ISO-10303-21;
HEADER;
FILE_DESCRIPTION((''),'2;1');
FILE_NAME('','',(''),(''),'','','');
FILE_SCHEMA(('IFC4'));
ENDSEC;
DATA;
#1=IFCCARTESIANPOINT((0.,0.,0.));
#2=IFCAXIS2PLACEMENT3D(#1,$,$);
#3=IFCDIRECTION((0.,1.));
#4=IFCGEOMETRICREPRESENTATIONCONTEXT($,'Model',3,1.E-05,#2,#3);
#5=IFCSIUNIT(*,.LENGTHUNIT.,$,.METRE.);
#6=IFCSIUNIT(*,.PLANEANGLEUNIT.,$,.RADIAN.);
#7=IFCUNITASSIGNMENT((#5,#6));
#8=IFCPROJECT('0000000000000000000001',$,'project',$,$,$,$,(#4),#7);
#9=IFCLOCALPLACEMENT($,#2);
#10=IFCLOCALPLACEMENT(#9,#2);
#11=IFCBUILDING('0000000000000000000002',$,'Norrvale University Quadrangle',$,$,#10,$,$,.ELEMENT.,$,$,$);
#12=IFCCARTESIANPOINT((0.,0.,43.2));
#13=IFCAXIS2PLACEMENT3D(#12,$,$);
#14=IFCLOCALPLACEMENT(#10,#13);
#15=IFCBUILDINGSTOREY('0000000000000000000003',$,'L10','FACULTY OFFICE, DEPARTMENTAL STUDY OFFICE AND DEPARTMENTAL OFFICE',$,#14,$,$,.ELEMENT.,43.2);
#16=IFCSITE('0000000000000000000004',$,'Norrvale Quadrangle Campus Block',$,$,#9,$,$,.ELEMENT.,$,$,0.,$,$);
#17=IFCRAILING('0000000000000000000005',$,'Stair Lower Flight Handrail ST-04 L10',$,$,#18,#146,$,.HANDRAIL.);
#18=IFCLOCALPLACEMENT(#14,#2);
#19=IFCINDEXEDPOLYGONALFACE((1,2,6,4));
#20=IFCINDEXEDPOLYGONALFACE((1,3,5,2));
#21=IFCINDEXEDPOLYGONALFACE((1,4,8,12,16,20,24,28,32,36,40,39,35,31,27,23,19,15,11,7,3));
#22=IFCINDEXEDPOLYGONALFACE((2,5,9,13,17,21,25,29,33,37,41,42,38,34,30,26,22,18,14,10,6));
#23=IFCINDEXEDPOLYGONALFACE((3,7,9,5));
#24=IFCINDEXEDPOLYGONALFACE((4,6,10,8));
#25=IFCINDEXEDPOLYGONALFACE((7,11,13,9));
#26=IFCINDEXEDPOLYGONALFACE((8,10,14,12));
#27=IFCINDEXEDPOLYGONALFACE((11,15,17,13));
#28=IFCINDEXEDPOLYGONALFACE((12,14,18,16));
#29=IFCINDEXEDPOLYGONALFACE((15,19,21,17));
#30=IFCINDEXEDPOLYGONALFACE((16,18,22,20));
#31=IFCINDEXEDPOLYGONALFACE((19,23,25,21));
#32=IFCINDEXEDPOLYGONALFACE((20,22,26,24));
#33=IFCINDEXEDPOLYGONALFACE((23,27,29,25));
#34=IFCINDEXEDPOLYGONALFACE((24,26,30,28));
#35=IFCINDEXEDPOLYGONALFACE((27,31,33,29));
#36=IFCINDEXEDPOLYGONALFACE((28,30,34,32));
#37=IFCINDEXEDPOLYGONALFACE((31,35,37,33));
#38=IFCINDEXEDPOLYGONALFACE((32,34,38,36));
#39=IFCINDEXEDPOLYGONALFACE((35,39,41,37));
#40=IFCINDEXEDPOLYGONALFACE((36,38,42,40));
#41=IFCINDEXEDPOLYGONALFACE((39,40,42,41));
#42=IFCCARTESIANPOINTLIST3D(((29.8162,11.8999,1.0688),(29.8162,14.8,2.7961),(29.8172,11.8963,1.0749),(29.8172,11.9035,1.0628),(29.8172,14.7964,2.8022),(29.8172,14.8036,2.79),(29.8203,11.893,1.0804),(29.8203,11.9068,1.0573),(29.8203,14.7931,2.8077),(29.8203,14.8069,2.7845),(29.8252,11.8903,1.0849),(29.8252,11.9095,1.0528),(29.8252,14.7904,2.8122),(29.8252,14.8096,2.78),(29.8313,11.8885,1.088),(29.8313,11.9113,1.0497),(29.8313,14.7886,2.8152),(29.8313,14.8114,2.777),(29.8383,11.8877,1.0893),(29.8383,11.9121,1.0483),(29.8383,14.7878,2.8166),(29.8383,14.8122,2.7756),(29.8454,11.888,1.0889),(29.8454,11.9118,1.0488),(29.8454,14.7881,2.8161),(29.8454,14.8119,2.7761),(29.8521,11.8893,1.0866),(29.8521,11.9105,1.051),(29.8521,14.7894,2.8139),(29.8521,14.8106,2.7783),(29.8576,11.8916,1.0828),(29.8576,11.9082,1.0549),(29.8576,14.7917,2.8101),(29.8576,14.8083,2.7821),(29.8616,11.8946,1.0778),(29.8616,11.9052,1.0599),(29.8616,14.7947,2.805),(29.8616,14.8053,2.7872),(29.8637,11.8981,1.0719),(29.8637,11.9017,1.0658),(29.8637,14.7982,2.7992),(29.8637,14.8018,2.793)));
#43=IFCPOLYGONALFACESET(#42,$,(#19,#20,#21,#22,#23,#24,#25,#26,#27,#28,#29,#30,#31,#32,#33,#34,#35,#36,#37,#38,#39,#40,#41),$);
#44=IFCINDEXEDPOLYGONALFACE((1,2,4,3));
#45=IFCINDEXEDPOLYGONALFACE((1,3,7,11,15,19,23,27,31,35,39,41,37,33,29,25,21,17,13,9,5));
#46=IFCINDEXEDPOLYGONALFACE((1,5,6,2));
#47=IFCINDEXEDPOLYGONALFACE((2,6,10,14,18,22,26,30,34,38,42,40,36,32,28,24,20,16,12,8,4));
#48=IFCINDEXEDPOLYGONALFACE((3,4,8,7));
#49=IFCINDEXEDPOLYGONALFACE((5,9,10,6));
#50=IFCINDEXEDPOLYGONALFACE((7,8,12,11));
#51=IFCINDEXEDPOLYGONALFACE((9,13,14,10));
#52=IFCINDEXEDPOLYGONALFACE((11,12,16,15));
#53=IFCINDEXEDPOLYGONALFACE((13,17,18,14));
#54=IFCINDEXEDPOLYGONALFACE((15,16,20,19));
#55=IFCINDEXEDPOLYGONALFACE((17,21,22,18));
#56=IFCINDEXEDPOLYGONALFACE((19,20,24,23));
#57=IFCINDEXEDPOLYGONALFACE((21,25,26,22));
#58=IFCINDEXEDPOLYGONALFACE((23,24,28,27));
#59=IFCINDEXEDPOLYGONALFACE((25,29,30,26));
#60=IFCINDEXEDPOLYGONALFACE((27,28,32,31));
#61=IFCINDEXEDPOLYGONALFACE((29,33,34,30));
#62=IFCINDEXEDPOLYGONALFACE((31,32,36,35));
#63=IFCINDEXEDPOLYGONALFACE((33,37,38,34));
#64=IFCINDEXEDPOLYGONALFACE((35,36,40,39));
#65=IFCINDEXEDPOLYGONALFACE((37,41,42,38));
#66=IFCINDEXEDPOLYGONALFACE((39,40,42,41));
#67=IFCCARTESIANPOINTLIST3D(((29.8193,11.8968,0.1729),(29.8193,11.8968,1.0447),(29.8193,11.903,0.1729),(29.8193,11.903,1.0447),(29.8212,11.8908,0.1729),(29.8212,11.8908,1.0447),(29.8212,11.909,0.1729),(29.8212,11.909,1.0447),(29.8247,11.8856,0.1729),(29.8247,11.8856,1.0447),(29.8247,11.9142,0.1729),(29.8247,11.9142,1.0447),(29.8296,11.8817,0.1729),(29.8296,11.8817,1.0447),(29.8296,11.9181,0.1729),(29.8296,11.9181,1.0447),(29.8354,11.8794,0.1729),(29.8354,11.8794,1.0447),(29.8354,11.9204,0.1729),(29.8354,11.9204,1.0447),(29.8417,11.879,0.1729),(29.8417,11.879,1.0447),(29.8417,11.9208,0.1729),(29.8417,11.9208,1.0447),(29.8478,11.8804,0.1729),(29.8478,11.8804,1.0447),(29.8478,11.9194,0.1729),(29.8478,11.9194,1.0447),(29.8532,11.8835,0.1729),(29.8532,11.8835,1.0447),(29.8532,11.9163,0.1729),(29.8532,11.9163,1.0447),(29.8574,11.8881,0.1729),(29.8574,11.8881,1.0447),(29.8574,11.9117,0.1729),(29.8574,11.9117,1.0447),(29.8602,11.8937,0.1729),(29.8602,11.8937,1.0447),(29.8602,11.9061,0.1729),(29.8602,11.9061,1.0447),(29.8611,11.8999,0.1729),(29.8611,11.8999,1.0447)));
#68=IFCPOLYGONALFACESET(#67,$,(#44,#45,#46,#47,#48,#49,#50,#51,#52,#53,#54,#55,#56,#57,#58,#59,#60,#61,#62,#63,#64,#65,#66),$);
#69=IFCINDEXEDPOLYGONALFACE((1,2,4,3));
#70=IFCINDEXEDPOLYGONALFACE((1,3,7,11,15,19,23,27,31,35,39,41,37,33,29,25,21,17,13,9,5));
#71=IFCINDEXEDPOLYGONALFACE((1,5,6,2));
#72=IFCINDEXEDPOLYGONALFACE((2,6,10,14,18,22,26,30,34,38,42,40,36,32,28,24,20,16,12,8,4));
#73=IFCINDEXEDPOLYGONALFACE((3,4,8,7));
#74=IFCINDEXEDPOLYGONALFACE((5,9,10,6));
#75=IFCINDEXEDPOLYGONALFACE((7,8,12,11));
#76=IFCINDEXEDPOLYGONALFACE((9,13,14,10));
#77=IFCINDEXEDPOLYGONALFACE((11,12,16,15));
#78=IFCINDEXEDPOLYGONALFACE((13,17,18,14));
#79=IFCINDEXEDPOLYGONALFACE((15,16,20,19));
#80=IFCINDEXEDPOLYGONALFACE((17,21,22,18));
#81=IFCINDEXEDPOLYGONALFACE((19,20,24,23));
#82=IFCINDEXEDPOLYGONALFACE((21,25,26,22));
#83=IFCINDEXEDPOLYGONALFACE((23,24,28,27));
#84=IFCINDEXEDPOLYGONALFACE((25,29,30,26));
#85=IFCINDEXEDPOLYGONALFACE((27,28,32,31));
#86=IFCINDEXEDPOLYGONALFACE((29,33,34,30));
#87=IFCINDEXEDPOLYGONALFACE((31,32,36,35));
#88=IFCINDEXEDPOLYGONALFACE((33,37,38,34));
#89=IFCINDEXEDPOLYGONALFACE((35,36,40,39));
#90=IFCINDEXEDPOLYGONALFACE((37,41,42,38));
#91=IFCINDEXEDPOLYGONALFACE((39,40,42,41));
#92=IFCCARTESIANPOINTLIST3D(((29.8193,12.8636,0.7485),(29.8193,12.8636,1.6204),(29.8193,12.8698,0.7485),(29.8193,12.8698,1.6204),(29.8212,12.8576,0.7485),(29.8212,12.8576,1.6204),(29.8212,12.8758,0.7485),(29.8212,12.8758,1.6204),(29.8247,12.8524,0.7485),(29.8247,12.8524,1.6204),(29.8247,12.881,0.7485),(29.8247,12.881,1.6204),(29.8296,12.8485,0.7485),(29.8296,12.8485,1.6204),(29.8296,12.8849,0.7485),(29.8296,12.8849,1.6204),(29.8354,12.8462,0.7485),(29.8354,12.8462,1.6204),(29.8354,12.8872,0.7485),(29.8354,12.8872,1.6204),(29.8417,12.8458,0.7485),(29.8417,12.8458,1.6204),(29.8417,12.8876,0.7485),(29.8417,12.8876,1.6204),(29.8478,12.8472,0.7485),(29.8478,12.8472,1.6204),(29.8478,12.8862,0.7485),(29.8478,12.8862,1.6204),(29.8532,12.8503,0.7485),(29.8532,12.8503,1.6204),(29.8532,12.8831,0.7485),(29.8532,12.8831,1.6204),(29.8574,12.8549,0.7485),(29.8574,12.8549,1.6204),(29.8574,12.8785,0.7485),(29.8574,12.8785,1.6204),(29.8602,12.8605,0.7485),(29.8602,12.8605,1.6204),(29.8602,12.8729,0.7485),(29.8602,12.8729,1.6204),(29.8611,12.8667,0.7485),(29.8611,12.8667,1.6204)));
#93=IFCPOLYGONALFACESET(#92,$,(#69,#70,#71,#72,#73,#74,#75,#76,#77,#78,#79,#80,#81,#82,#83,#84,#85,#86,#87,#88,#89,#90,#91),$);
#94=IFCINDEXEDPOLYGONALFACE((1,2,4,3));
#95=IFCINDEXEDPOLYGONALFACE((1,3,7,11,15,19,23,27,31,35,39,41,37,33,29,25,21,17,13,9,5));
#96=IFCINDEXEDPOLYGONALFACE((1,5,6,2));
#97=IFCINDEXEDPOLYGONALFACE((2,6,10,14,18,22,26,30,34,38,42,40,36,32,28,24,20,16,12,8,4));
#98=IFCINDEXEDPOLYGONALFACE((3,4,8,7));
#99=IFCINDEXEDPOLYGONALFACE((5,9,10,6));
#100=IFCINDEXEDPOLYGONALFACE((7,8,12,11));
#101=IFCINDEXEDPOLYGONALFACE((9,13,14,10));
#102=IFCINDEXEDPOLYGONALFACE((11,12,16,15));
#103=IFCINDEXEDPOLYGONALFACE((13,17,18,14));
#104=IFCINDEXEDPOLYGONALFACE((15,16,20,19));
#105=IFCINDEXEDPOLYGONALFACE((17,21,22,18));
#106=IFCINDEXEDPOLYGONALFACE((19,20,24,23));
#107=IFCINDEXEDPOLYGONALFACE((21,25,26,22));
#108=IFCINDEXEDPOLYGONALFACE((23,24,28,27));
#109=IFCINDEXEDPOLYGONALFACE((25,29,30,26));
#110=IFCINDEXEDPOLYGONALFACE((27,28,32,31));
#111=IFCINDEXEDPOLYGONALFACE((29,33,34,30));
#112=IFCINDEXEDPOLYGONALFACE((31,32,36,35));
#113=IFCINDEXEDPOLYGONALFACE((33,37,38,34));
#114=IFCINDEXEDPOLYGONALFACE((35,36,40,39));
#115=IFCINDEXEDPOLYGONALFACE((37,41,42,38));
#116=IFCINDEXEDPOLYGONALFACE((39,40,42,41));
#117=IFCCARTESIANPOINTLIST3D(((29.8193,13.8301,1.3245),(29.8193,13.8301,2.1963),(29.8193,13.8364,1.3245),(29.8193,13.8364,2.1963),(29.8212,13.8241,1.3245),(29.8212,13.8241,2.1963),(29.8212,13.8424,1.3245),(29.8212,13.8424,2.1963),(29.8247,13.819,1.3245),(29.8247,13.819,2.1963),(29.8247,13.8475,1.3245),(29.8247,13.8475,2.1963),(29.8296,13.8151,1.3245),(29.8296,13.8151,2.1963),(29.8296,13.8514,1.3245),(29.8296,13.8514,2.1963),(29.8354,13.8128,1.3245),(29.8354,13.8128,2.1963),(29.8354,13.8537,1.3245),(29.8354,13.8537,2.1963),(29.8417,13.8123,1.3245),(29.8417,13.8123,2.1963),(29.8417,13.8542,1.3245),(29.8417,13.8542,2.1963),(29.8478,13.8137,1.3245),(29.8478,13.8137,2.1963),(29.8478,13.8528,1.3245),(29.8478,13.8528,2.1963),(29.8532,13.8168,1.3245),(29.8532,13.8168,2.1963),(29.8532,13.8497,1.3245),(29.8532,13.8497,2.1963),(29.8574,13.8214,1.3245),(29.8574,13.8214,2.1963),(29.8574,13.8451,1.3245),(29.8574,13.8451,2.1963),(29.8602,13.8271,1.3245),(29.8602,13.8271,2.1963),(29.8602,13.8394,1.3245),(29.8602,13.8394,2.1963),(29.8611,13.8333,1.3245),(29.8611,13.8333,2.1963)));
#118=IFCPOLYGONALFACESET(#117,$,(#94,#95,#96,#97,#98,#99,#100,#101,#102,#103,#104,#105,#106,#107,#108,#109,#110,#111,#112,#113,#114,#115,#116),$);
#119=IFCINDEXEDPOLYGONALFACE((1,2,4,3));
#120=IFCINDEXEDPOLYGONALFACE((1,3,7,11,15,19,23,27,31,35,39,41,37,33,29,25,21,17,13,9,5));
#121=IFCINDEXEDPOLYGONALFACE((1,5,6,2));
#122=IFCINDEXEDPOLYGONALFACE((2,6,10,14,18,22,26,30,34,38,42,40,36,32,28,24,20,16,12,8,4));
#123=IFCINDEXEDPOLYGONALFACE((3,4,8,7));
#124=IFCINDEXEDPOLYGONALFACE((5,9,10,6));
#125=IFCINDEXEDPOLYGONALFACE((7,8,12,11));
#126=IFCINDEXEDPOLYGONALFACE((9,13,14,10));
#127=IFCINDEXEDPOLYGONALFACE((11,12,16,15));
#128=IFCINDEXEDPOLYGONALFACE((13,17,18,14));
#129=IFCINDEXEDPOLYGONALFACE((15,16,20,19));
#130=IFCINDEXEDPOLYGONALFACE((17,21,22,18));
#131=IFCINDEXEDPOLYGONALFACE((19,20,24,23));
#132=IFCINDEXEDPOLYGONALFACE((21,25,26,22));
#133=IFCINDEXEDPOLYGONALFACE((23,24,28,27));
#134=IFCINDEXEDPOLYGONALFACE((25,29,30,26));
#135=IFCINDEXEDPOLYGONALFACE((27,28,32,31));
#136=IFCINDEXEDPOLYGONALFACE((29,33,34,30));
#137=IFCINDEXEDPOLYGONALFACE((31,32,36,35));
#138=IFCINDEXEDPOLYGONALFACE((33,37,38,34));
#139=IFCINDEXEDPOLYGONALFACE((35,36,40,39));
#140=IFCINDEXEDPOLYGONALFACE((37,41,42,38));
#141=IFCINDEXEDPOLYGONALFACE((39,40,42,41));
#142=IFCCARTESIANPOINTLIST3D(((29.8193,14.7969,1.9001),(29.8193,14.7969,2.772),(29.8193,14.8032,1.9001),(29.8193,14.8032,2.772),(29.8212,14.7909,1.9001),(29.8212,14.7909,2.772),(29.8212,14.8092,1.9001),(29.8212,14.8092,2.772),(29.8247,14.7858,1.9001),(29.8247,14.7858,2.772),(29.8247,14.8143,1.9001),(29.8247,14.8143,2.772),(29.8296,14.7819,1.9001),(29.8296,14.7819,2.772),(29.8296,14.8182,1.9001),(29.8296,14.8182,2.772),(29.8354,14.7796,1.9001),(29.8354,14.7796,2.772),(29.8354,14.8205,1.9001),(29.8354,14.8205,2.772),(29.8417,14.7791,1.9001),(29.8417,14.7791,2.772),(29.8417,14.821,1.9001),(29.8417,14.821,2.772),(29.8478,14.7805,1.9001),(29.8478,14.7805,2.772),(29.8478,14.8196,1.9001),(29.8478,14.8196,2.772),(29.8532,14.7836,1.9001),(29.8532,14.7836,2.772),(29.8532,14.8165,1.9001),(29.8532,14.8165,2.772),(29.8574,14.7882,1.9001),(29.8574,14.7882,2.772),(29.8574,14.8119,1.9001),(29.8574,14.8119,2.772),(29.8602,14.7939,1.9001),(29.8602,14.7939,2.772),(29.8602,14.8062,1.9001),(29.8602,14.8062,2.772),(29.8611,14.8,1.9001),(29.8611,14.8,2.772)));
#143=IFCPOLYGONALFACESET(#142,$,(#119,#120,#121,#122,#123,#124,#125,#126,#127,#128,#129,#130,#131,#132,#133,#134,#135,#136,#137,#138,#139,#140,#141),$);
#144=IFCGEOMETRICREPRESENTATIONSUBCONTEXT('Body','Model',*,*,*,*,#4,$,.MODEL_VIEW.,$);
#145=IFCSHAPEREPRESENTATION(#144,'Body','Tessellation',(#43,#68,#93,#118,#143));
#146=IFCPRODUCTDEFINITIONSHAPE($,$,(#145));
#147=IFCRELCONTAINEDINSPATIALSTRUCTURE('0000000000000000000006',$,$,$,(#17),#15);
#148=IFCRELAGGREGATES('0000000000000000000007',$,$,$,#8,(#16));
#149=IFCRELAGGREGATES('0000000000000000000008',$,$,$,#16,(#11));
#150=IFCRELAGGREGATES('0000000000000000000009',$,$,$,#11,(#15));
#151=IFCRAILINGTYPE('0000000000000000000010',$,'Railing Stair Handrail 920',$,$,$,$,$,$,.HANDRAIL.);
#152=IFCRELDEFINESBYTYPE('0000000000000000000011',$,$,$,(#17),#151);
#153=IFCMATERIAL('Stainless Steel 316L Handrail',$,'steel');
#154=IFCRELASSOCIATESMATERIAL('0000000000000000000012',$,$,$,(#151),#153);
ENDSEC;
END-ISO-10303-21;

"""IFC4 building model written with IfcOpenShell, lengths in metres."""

from ifc_helpers import new_model, si_unit, direction, frame, origin, origin_2d, place, context, subcontext, project, spatial, circle, extrude, material, type_object, element, save


model = new_model("IFC4")

# Units and contexts
model_context = context("Model", 3, precision=1e-05, world=origin(), true_north=direction((0.0, 1.0)))
body_context = subcontext(model_context, "Body", "Model", "MODEL_VIEW")
ifc_project = project(units=[si_unit("LENGTHUNIT", "METRE"), si_unit("PLANEANGLEUNIT", "RADIAN")], contexts=[model_context])

# Site, building, storey
site_placement = place(None, origin())
site = spatial("IfcSite", under=ifc_project, at=site_placement, Name="Norrvale Quadrangle Campus Block", CompositionType="ELEMENT", RefElevation=0.0)
building_placement = place(site_placement, origin())
building = spatial("IfcBuilding", under=site, at=building_placement, Name="Norrvale University Quadrangle", CompositionType="ELEMENT")
storey_placement = place(building_placement, frame((0.0, 0.0, 43.2)))
storey = spatial("IfcBuildingStorey", under=building, at=storey_placement, Name="L10", Description="FACULTY OFFICE, DEPARTMENTAL STUDY OFFICE AND DEPARTMENTAL OFFICE", CompositionType="ELEMENT", Elevation=43.2)

# Railing
ifc_material_1 = material(Name="Stainless Steel 316L Handrail", Category="steel")
railing_type_1 = type_object("IfcRailingType", Name="Railing Stair Handrail 920", PredefinedType="HANDRAIL", material=ifc_material_1)
railing_1_placement = place(storey_placement, frame((29.8401, 11.8999, 0.1729)))
element("IfcRailing", 1, at=railing_1_placement, inside=storey, type_object=railing_type_1, Name="Stair Lower Flight Handrail ST-04 L10", PredefinedType="HANDRAIL", context=body_context, shape_type="SweptSolid", body=[
    extrude(circle(Radius=0.0239, at=origin_2d()), frame((0.0, 0.0, 0.896), z_axis=(0.0, 0.85916, 0.511706), x_axis=(-1.0, 0.0, 0.0)), (0.0, 0.0, 1.0), 3.3755),
    extrude(circle(Radius=0.021, at=origin_2d()), origin(), (0.0, 0.0, 1.0), 0.8718),
    extrude(circle(Radius=0.021, at=origin_2d()), frame((0.0, 0.9668, 0.5757)), (0.0, 0.0, 1.0), 0.8718),
    extrude(circle(Radius=0.021, at=origin_2d()), frame((0.0, 1.9333, 1.1516)), (0.0, 0.0, 1.0), 0.8718),
    extrude(circle(Radius=0.021, at=origin_2d()), frame((0.0, 2.9001, 1.7273)), (0.0, 0.0, 1.0), 0.8718),
])

save(model, "model.ifc")
